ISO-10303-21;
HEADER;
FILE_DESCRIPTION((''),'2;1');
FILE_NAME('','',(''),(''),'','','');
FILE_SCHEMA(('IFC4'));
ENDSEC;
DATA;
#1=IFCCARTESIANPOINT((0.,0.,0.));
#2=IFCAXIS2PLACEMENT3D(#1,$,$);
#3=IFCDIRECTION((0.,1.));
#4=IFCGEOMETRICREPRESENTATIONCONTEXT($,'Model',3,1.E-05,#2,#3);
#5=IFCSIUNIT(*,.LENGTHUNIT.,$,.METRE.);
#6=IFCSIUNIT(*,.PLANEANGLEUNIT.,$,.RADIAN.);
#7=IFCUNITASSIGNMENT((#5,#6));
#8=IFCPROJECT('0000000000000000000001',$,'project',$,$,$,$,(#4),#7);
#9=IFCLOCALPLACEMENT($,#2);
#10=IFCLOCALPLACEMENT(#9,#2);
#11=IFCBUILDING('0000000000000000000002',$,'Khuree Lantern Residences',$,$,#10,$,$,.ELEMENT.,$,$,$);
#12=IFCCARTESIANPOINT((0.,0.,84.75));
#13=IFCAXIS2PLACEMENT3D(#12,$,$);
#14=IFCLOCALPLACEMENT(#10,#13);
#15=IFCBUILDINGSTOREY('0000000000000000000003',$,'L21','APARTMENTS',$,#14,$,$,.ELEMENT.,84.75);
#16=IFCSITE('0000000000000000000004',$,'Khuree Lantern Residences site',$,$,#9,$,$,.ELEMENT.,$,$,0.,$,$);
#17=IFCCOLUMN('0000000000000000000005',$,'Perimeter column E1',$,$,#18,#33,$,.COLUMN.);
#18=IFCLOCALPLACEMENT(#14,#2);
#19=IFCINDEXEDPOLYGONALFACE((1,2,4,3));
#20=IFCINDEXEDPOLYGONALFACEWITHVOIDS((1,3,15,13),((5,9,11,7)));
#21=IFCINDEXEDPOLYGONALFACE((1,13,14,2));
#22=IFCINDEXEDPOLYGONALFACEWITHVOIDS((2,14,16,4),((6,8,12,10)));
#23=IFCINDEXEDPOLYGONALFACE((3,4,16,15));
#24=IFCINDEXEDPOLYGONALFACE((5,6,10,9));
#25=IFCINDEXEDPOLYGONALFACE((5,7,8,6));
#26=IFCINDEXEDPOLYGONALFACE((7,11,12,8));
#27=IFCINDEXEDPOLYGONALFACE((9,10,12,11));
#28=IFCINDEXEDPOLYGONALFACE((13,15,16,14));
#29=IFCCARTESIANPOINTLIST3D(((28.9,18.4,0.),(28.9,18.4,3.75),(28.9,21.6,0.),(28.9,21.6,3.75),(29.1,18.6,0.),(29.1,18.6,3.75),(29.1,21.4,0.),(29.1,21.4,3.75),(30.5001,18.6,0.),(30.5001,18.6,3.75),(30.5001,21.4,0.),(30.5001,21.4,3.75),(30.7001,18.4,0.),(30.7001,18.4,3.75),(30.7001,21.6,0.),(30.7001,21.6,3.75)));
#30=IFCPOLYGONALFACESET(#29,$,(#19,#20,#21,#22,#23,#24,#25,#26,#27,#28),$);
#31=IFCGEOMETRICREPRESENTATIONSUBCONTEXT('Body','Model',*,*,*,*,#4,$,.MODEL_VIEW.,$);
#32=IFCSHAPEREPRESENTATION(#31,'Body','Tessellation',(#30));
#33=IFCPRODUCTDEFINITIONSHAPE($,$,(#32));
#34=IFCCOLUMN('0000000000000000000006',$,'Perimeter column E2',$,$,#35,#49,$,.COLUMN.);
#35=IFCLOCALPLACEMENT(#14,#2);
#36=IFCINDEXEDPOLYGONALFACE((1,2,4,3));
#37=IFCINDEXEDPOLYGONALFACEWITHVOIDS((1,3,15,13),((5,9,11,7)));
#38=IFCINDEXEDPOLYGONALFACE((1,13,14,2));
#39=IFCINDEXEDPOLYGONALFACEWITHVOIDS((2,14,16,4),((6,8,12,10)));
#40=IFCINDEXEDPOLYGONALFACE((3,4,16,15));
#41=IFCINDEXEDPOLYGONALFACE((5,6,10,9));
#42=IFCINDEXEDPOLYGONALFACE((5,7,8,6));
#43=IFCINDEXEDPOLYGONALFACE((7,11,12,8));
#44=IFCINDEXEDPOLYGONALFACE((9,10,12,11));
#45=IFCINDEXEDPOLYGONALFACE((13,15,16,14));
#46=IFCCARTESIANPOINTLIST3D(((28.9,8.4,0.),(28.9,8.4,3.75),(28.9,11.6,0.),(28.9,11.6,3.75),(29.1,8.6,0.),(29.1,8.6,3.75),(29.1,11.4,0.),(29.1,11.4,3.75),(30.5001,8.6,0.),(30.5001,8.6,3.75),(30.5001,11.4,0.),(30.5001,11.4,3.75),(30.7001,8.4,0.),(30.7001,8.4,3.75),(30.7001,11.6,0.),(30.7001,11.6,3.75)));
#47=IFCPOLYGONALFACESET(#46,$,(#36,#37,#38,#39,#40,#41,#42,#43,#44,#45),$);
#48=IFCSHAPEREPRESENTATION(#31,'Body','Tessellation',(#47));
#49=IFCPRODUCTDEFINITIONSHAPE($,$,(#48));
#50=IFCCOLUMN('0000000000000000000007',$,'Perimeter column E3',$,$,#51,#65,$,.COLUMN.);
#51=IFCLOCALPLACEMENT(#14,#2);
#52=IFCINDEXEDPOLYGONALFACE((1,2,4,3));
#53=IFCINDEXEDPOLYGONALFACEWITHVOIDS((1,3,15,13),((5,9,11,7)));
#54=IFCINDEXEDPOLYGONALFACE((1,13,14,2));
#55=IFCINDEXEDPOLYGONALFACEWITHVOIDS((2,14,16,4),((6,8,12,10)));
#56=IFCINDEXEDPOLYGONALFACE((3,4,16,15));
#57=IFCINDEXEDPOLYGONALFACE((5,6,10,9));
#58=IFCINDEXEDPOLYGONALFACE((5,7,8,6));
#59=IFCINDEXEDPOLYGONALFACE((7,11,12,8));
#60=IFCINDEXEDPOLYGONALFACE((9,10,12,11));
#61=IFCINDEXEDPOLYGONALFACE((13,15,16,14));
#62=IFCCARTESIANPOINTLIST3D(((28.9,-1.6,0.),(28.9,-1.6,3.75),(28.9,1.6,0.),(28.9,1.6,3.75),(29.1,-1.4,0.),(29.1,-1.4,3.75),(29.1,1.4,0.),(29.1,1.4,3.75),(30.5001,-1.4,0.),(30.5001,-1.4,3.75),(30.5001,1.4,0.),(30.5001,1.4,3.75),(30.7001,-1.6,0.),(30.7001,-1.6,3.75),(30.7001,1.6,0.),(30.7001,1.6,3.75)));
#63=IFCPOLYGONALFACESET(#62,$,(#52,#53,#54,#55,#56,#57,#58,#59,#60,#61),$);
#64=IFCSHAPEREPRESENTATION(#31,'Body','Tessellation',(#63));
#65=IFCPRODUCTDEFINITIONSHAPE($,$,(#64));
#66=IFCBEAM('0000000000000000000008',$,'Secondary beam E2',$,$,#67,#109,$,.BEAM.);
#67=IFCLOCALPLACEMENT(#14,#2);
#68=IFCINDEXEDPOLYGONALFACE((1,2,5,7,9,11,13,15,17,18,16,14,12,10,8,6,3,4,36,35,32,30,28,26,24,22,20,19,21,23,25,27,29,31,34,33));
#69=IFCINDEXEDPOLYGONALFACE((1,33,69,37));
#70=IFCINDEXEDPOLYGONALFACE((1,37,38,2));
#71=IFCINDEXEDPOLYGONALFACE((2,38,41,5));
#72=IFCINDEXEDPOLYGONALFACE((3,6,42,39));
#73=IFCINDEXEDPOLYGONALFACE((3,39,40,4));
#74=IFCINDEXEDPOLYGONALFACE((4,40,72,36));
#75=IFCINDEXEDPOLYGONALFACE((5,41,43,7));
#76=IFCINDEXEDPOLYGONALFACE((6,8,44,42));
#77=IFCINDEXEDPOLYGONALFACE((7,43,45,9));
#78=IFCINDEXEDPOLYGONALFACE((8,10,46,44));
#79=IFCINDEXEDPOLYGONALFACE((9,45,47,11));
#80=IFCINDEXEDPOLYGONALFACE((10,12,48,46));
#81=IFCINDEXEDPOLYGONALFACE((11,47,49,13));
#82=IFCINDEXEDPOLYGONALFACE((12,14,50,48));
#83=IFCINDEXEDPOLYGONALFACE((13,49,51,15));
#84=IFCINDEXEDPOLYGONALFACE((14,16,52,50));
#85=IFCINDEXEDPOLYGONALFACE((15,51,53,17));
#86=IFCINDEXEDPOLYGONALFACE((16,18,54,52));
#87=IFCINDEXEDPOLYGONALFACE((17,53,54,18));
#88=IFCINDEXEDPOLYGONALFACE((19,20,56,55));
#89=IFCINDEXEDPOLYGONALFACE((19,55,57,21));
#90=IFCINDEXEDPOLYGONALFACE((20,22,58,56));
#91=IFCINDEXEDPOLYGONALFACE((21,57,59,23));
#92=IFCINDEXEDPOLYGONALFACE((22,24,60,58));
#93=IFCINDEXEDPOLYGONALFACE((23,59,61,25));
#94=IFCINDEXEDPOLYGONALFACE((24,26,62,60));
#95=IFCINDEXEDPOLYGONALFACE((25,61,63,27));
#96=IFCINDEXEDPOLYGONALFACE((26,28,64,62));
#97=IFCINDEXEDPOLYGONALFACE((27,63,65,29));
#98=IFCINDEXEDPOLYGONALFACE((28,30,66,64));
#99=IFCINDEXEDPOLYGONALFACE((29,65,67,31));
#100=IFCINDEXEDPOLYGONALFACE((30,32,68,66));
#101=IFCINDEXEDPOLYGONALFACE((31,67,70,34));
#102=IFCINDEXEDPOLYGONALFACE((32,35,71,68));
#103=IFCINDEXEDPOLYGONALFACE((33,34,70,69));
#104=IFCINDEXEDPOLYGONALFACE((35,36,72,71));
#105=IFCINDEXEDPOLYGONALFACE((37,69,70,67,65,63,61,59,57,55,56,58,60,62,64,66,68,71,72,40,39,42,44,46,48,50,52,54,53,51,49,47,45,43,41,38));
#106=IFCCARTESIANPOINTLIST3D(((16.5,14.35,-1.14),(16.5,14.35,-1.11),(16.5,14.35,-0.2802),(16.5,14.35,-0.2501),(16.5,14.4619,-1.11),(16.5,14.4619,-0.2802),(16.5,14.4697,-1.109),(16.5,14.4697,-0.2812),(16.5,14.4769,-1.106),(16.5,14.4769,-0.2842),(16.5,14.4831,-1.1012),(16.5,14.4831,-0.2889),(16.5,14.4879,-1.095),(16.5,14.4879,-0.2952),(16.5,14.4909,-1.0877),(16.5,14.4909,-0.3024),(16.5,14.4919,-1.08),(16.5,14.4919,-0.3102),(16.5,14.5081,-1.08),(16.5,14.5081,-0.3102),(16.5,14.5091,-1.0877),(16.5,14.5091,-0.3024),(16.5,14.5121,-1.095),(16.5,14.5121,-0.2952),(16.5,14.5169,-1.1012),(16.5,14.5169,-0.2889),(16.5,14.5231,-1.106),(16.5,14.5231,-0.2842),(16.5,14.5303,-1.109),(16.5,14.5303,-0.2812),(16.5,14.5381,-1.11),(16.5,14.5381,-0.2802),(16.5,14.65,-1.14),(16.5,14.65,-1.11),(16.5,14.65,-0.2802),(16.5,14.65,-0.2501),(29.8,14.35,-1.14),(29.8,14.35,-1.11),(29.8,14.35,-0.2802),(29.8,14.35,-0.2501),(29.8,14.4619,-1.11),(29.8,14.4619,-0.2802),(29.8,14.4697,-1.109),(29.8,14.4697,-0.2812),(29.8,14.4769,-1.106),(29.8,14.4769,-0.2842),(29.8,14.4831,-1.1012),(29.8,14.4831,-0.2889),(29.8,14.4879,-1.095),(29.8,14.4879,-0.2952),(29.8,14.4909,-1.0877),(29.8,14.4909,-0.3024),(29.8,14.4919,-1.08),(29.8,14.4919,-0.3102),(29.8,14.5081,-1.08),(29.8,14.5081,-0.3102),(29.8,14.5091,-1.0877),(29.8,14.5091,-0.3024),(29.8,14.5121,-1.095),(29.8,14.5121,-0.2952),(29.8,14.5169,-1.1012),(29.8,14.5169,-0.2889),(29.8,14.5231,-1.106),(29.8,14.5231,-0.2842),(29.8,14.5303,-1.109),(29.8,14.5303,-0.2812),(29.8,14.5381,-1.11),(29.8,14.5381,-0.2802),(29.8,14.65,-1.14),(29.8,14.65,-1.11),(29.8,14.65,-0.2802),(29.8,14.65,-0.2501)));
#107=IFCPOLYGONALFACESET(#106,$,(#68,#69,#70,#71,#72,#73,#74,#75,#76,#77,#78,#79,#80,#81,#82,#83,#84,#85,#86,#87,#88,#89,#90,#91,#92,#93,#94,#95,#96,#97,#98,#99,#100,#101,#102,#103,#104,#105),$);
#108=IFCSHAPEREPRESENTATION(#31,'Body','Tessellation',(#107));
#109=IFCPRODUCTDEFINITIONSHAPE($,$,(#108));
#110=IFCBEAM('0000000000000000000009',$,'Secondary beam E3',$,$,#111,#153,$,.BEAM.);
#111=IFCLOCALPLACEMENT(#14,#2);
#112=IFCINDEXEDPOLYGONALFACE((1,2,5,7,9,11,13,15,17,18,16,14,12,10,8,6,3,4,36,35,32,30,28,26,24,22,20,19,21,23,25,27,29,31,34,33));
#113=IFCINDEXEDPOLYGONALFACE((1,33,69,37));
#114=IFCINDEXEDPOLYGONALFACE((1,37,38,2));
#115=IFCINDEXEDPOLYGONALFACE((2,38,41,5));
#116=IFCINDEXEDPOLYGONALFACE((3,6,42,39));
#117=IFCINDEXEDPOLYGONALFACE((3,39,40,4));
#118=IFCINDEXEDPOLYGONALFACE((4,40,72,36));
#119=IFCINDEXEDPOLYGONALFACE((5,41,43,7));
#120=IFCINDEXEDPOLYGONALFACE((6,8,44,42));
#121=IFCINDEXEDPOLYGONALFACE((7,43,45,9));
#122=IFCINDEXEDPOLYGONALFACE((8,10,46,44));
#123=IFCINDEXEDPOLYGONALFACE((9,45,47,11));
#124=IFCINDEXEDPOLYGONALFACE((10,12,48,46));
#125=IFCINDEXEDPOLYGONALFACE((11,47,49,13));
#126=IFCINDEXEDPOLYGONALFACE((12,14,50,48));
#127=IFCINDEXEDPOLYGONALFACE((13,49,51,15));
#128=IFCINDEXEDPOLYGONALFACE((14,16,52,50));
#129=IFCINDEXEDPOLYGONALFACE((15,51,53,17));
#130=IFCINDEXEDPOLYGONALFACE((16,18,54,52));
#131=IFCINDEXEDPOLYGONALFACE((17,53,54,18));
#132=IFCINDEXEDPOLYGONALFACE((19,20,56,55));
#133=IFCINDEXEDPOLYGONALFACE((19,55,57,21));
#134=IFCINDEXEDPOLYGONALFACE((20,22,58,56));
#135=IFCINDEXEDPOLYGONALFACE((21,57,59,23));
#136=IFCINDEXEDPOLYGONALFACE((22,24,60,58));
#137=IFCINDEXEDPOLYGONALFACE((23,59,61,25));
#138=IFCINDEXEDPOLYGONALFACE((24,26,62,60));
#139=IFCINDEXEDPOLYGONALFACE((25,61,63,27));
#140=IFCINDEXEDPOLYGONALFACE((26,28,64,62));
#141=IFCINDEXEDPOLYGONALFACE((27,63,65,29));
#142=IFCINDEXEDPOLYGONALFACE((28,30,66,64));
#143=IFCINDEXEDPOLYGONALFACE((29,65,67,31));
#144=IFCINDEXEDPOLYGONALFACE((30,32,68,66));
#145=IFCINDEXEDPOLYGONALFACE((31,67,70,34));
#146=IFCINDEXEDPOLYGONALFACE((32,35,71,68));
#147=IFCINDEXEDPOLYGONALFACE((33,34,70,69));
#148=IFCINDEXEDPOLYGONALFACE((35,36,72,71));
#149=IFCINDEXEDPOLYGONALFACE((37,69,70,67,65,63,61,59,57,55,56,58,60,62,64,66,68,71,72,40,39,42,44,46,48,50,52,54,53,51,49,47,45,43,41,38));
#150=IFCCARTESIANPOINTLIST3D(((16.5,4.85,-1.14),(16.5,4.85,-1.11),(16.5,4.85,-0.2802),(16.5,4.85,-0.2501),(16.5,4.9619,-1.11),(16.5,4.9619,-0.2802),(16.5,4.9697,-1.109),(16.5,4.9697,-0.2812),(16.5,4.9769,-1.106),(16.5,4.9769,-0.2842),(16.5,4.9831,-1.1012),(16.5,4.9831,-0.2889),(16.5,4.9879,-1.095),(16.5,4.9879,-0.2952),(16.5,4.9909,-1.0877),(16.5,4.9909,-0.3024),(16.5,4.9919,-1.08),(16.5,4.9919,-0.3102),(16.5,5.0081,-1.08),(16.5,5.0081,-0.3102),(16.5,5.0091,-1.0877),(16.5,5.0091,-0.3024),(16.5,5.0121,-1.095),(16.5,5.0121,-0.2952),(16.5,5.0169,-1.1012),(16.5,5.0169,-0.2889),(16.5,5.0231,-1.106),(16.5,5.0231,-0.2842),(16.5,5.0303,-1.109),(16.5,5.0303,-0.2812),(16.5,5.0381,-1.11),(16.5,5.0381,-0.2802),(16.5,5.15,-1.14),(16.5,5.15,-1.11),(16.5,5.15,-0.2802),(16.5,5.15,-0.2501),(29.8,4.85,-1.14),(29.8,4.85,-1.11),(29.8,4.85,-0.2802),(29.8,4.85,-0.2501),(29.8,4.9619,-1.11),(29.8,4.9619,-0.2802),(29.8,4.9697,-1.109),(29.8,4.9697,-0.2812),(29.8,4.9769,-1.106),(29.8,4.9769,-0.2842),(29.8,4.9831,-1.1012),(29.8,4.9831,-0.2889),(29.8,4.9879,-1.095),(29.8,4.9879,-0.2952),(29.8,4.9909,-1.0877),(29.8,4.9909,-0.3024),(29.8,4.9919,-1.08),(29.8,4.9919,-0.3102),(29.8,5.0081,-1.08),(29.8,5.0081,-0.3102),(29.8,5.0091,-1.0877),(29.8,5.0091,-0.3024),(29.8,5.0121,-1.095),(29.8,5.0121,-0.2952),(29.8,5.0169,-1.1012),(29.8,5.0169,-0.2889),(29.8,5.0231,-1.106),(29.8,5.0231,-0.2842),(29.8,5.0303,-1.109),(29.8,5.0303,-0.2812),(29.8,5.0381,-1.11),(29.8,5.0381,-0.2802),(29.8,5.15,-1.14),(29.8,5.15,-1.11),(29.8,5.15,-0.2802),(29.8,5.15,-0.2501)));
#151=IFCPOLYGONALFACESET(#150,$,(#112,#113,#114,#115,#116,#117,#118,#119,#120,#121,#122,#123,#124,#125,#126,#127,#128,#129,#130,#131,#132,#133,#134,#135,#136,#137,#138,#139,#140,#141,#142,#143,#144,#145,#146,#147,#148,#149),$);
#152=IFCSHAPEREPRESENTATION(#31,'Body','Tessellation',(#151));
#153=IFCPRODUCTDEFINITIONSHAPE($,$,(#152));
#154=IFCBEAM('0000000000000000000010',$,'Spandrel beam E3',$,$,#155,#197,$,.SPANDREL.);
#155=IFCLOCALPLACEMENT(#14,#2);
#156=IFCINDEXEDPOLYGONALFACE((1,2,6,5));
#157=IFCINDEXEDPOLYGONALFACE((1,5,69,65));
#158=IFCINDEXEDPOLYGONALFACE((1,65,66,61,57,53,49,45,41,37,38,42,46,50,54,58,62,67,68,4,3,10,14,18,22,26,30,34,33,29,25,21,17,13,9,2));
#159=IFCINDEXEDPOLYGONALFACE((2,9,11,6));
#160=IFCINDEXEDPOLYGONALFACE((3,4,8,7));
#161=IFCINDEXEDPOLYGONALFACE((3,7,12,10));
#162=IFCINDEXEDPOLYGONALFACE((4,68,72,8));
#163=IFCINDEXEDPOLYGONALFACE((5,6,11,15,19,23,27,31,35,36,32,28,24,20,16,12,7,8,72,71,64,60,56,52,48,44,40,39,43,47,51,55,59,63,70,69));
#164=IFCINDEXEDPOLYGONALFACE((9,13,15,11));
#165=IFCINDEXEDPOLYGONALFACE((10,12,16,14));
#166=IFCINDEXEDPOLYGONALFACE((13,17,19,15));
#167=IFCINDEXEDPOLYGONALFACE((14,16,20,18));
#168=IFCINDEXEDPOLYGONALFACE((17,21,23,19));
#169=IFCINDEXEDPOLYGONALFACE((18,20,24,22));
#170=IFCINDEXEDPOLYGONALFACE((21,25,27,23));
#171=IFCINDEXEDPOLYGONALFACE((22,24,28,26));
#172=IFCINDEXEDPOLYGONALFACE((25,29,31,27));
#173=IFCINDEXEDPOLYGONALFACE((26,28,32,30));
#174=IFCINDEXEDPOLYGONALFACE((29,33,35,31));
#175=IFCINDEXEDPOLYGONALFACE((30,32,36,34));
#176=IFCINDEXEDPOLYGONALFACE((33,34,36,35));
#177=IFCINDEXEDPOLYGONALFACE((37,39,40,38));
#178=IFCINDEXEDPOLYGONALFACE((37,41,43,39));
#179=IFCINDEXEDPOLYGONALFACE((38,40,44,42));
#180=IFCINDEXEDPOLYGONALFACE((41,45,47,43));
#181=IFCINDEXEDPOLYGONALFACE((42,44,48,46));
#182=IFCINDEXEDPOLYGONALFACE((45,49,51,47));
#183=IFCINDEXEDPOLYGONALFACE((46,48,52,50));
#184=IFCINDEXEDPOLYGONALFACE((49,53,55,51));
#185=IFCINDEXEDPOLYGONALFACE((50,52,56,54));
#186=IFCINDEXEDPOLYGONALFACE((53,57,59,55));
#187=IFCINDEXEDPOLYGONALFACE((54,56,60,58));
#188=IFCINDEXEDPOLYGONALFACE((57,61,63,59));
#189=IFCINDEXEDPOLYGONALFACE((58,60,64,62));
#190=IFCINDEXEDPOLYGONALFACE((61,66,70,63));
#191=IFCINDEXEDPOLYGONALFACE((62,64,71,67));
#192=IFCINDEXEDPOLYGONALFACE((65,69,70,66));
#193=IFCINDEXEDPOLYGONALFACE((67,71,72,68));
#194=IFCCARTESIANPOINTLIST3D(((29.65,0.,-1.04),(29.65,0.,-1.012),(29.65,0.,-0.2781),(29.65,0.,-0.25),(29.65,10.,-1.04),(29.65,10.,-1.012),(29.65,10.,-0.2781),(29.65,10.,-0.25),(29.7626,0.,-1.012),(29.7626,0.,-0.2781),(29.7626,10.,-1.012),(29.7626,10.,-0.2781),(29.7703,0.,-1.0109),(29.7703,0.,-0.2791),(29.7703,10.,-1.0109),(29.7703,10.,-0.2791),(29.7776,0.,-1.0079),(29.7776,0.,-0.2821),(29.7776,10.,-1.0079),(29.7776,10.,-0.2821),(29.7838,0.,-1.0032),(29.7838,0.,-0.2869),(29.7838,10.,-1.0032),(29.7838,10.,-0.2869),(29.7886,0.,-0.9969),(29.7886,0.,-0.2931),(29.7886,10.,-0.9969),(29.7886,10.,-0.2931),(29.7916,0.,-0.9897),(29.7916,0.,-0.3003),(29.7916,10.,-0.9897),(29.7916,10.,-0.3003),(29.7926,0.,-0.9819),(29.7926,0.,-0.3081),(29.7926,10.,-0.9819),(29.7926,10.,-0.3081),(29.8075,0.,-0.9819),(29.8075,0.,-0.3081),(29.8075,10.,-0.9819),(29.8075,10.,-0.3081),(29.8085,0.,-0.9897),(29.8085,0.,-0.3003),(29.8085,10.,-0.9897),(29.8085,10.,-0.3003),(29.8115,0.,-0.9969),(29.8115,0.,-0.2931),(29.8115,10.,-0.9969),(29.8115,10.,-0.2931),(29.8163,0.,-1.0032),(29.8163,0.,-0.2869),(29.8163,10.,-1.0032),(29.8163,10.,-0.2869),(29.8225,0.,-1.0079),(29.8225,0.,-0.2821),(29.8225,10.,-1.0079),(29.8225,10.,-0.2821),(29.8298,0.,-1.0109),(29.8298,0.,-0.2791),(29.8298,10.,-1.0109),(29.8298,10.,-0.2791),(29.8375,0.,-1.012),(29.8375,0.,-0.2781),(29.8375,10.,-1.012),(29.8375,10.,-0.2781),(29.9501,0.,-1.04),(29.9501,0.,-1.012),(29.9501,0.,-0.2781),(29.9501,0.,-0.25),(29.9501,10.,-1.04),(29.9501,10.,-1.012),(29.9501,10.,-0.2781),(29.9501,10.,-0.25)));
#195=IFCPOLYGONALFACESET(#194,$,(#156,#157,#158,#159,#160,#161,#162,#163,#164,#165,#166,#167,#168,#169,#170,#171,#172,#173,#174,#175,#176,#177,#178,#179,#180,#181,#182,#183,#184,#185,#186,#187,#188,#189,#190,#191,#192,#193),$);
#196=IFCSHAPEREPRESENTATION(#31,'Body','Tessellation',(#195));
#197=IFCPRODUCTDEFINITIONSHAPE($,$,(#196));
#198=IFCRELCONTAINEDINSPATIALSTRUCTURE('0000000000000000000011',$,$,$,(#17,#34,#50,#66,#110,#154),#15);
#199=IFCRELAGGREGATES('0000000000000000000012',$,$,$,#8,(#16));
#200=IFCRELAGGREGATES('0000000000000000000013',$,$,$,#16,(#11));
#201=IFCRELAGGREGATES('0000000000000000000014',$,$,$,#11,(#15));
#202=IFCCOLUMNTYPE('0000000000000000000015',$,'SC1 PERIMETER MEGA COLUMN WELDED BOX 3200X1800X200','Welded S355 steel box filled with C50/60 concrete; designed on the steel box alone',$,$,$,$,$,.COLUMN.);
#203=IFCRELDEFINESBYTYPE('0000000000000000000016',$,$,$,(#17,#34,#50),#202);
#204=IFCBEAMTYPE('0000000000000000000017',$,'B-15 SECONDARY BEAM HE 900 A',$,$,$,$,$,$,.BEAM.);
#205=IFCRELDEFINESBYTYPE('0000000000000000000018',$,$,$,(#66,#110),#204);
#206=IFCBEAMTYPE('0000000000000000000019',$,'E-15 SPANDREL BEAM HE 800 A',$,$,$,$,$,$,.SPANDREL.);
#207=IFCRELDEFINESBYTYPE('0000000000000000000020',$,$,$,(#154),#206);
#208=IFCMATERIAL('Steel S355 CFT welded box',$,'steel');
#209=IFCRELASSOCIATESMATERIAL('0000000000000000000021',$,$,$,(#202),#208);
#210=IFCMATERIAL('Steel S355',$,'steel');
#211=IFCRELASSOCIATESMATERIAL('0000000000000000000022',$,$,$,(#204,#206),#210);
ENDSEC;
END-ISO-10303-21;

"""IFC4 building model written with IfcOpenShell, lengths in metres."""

from ifc_helpers import new_model, si_unit, direction, frame, origin, origin_2d, place, context, subcontext, project, spatial, hollow_rectangle, i_section, extrude, material, material_profile, profile_set, type_object, element, save


model = new_model("IFC4")

# Units and contexts
model_context = context("Model", 3, precision=1e-05, world=origin(), true_north=direction((0.0, 1.0)))
body_context = subcontext(model_context, "Body", "Model", "MODEL_VIEW")
ifc_project = project(units=[si_unit("LENGTHUNIT", "METRE"), si_unit("PLANEANGLEUNIT", "RADIAN")], contexts=[model_context])

# Site, building, storey
site_placement = place(None, origin())
site = spatial("IfcSite", under=ifc_project, at=site_placement, Name="Khuree Lantern Residences site", CompositionType="ELEMENT", RefElevation=0.0)
building_placement = place(site_placement, origin())
building = spatial("IfcBuilding", under=site, at=building_placement, Name="Khuree Lantern Residences", CompositionType="ELEMENT")
storey_placement = place(building_placement, frame((0.0, 0.0, 84.75)))
storey = spatial("IfcBuildingStorey", under=building, at=storey_placement, Name="L21", Description="APARTMENTS", CompositionType="ELEMENT", Elevation=84.75)

# Columns
ifc_material_1 = material(Name="Steel S355 CFT welded box", Category="steel")
ifc_material_profile_1 = material_profile(ifc_material_1, hollow_rectangle(XDim=3.2, YDim=1.8, WallThickness=0.2, at=origin_2d()), Name="WELDED BOX 3200X1800X200")
ifc_profile_set_1 = profile_set([ifc_material_profile_1], Name="Steel S355 CFT welded box")
column_type = type_object("IfcColumnType", Name="SC1 PERIMETER MEGA COLUMN WELDED BOX 3200X1800X200", Description="Welded S355 steel box filled with C50/60 concrete; designed on the steel box alone", PredefinedType="COLUMN", material=ifc_profile_set_1)
for number, where, z_axis, x_axis, name in (
    (1, (29.8, 20.0, 0.0), (0.0, 0.0, 1.0), (0.0, 1.0, 0.0), "Perimeter column E1"),
    (2, (29.8, 10.0, 0.0), (0.0, 0.0, 1.0), (0.0, 1.0, 0.0), "Perimeter column E2"),
    (3, (29.8, 0.0, 0.0), (0.0, 0.0, 1.0), (0.0, 1.0, 0.0), "Perimeter column E3"),
):
    element("IfcColumn", number, at=place(storey_placement, frame(where, z_axis=z_axis, x_axis=x_axis)), inside=storey, type_object=column_type, Name=name, PredefinedType="COLUMN", context=body_context, shape_type="SweptSolid", body=[
        extrude(hollow_rectangle(XDim=3.2, YDim=1.8, WallThickness=0.2, at=origin_2d()), origin(), (0.0, 0.0, 1.0), 3.75),
    ])

# Beams
ifc_material_2 = material(Name="Steel S355", Category="steel")
ifc_material_profile_2 = material_profile(ifc_material_2, i_section(OverallWidth=0.3, OverallDepth=0.8899, WebThickness=0.0161, FlangeThickness=0.03, FilletRadius=0.03, at=origin_2d()), Name="HE 900 A")
ifc_profile_set_2 = profile_set([ifc_material_profile_2], Name="Steel S355")
beam_type_1 = type_object("IfcBeamType", Name="B-15 SECONDARY BEAM HE 900 A", PredefinedType="BEAM", material=ifc_profile_set_2)
for number, where, z_axis, x_axis, name in (
    (4, (29.8, 14.5, -0.6951), (-1.0, 0.0, 0.0), (0.0, -1.0, 0.0), "Secondary beam E2"),
    (5, (29.8, 5.0, -0.6951), (-1.0, 0.0, 0.0), (0.0, -1.0, 0.0), "Secondary beam E3"),
):
    element("IfcBeam", number, at=place(storey_placement, frame(where, z_axis=z_axis, x_axis=x_axis)), inside=storey, type_object=beam_type_1, Name=name, PredefinedType="BEAM", context=body_context, shape_type="SweptSolid", body=[
        extrude(i_section(OverallWidth=0.3, OverallDepth=0.8899, WebThickness=0.0161, FlangeThickness=0.03, FilletRadius=0.03, at=origin_2d()), origin(), (0.0, 0.0, 1.0), 13.3),
    ])
ifc_material_profile_3 = material_profile(ifc_material_2, i_section(OverallWidth=0.3, OverallDepth=0.79, WebThickness=0.0149, FlangeThickness=0.0281, FilletRadius=0.03, at=origin_2d()), Name="HE 800 A")
ifc_profile_set_3 = profile_set([ifc_material_profile_3], Name="Steel S355")
beam_type_2 = type_object("IfcBeamType", Name="E-15 SPANDREL BEAM HE 800 A", PredefinedType="SPANDREL", material=ifc_profile_set_3)
for number, where, z_axis, x_axis, name in (
    (6, (29.8, 10.0, -0.645), (0.0, -1.0, 0.0), (1.0, 0.0, 0.0), "Spandrel beam E3"),
):
    element("IfcBeam", number, at=place(storey_placement, frame(where, z_axis=z_axis, x_axis=x_axis)), inside=storey, type_object=beam_type_2, Name=name, PredefinedType="SPANDREL", context=body_context, shape_type="SweptSolid", body=[
        extrude(i_section(OverallWidth=0.3, OverallDepth=0.79, WebThickness=0.0149, FlangeThickness=0.0281, FilletRadius=0.03, at=origin_2d()), origin(), (0.0, 0.0, 1.0), 10.0),
    ])

save(model, "model.ifc")
